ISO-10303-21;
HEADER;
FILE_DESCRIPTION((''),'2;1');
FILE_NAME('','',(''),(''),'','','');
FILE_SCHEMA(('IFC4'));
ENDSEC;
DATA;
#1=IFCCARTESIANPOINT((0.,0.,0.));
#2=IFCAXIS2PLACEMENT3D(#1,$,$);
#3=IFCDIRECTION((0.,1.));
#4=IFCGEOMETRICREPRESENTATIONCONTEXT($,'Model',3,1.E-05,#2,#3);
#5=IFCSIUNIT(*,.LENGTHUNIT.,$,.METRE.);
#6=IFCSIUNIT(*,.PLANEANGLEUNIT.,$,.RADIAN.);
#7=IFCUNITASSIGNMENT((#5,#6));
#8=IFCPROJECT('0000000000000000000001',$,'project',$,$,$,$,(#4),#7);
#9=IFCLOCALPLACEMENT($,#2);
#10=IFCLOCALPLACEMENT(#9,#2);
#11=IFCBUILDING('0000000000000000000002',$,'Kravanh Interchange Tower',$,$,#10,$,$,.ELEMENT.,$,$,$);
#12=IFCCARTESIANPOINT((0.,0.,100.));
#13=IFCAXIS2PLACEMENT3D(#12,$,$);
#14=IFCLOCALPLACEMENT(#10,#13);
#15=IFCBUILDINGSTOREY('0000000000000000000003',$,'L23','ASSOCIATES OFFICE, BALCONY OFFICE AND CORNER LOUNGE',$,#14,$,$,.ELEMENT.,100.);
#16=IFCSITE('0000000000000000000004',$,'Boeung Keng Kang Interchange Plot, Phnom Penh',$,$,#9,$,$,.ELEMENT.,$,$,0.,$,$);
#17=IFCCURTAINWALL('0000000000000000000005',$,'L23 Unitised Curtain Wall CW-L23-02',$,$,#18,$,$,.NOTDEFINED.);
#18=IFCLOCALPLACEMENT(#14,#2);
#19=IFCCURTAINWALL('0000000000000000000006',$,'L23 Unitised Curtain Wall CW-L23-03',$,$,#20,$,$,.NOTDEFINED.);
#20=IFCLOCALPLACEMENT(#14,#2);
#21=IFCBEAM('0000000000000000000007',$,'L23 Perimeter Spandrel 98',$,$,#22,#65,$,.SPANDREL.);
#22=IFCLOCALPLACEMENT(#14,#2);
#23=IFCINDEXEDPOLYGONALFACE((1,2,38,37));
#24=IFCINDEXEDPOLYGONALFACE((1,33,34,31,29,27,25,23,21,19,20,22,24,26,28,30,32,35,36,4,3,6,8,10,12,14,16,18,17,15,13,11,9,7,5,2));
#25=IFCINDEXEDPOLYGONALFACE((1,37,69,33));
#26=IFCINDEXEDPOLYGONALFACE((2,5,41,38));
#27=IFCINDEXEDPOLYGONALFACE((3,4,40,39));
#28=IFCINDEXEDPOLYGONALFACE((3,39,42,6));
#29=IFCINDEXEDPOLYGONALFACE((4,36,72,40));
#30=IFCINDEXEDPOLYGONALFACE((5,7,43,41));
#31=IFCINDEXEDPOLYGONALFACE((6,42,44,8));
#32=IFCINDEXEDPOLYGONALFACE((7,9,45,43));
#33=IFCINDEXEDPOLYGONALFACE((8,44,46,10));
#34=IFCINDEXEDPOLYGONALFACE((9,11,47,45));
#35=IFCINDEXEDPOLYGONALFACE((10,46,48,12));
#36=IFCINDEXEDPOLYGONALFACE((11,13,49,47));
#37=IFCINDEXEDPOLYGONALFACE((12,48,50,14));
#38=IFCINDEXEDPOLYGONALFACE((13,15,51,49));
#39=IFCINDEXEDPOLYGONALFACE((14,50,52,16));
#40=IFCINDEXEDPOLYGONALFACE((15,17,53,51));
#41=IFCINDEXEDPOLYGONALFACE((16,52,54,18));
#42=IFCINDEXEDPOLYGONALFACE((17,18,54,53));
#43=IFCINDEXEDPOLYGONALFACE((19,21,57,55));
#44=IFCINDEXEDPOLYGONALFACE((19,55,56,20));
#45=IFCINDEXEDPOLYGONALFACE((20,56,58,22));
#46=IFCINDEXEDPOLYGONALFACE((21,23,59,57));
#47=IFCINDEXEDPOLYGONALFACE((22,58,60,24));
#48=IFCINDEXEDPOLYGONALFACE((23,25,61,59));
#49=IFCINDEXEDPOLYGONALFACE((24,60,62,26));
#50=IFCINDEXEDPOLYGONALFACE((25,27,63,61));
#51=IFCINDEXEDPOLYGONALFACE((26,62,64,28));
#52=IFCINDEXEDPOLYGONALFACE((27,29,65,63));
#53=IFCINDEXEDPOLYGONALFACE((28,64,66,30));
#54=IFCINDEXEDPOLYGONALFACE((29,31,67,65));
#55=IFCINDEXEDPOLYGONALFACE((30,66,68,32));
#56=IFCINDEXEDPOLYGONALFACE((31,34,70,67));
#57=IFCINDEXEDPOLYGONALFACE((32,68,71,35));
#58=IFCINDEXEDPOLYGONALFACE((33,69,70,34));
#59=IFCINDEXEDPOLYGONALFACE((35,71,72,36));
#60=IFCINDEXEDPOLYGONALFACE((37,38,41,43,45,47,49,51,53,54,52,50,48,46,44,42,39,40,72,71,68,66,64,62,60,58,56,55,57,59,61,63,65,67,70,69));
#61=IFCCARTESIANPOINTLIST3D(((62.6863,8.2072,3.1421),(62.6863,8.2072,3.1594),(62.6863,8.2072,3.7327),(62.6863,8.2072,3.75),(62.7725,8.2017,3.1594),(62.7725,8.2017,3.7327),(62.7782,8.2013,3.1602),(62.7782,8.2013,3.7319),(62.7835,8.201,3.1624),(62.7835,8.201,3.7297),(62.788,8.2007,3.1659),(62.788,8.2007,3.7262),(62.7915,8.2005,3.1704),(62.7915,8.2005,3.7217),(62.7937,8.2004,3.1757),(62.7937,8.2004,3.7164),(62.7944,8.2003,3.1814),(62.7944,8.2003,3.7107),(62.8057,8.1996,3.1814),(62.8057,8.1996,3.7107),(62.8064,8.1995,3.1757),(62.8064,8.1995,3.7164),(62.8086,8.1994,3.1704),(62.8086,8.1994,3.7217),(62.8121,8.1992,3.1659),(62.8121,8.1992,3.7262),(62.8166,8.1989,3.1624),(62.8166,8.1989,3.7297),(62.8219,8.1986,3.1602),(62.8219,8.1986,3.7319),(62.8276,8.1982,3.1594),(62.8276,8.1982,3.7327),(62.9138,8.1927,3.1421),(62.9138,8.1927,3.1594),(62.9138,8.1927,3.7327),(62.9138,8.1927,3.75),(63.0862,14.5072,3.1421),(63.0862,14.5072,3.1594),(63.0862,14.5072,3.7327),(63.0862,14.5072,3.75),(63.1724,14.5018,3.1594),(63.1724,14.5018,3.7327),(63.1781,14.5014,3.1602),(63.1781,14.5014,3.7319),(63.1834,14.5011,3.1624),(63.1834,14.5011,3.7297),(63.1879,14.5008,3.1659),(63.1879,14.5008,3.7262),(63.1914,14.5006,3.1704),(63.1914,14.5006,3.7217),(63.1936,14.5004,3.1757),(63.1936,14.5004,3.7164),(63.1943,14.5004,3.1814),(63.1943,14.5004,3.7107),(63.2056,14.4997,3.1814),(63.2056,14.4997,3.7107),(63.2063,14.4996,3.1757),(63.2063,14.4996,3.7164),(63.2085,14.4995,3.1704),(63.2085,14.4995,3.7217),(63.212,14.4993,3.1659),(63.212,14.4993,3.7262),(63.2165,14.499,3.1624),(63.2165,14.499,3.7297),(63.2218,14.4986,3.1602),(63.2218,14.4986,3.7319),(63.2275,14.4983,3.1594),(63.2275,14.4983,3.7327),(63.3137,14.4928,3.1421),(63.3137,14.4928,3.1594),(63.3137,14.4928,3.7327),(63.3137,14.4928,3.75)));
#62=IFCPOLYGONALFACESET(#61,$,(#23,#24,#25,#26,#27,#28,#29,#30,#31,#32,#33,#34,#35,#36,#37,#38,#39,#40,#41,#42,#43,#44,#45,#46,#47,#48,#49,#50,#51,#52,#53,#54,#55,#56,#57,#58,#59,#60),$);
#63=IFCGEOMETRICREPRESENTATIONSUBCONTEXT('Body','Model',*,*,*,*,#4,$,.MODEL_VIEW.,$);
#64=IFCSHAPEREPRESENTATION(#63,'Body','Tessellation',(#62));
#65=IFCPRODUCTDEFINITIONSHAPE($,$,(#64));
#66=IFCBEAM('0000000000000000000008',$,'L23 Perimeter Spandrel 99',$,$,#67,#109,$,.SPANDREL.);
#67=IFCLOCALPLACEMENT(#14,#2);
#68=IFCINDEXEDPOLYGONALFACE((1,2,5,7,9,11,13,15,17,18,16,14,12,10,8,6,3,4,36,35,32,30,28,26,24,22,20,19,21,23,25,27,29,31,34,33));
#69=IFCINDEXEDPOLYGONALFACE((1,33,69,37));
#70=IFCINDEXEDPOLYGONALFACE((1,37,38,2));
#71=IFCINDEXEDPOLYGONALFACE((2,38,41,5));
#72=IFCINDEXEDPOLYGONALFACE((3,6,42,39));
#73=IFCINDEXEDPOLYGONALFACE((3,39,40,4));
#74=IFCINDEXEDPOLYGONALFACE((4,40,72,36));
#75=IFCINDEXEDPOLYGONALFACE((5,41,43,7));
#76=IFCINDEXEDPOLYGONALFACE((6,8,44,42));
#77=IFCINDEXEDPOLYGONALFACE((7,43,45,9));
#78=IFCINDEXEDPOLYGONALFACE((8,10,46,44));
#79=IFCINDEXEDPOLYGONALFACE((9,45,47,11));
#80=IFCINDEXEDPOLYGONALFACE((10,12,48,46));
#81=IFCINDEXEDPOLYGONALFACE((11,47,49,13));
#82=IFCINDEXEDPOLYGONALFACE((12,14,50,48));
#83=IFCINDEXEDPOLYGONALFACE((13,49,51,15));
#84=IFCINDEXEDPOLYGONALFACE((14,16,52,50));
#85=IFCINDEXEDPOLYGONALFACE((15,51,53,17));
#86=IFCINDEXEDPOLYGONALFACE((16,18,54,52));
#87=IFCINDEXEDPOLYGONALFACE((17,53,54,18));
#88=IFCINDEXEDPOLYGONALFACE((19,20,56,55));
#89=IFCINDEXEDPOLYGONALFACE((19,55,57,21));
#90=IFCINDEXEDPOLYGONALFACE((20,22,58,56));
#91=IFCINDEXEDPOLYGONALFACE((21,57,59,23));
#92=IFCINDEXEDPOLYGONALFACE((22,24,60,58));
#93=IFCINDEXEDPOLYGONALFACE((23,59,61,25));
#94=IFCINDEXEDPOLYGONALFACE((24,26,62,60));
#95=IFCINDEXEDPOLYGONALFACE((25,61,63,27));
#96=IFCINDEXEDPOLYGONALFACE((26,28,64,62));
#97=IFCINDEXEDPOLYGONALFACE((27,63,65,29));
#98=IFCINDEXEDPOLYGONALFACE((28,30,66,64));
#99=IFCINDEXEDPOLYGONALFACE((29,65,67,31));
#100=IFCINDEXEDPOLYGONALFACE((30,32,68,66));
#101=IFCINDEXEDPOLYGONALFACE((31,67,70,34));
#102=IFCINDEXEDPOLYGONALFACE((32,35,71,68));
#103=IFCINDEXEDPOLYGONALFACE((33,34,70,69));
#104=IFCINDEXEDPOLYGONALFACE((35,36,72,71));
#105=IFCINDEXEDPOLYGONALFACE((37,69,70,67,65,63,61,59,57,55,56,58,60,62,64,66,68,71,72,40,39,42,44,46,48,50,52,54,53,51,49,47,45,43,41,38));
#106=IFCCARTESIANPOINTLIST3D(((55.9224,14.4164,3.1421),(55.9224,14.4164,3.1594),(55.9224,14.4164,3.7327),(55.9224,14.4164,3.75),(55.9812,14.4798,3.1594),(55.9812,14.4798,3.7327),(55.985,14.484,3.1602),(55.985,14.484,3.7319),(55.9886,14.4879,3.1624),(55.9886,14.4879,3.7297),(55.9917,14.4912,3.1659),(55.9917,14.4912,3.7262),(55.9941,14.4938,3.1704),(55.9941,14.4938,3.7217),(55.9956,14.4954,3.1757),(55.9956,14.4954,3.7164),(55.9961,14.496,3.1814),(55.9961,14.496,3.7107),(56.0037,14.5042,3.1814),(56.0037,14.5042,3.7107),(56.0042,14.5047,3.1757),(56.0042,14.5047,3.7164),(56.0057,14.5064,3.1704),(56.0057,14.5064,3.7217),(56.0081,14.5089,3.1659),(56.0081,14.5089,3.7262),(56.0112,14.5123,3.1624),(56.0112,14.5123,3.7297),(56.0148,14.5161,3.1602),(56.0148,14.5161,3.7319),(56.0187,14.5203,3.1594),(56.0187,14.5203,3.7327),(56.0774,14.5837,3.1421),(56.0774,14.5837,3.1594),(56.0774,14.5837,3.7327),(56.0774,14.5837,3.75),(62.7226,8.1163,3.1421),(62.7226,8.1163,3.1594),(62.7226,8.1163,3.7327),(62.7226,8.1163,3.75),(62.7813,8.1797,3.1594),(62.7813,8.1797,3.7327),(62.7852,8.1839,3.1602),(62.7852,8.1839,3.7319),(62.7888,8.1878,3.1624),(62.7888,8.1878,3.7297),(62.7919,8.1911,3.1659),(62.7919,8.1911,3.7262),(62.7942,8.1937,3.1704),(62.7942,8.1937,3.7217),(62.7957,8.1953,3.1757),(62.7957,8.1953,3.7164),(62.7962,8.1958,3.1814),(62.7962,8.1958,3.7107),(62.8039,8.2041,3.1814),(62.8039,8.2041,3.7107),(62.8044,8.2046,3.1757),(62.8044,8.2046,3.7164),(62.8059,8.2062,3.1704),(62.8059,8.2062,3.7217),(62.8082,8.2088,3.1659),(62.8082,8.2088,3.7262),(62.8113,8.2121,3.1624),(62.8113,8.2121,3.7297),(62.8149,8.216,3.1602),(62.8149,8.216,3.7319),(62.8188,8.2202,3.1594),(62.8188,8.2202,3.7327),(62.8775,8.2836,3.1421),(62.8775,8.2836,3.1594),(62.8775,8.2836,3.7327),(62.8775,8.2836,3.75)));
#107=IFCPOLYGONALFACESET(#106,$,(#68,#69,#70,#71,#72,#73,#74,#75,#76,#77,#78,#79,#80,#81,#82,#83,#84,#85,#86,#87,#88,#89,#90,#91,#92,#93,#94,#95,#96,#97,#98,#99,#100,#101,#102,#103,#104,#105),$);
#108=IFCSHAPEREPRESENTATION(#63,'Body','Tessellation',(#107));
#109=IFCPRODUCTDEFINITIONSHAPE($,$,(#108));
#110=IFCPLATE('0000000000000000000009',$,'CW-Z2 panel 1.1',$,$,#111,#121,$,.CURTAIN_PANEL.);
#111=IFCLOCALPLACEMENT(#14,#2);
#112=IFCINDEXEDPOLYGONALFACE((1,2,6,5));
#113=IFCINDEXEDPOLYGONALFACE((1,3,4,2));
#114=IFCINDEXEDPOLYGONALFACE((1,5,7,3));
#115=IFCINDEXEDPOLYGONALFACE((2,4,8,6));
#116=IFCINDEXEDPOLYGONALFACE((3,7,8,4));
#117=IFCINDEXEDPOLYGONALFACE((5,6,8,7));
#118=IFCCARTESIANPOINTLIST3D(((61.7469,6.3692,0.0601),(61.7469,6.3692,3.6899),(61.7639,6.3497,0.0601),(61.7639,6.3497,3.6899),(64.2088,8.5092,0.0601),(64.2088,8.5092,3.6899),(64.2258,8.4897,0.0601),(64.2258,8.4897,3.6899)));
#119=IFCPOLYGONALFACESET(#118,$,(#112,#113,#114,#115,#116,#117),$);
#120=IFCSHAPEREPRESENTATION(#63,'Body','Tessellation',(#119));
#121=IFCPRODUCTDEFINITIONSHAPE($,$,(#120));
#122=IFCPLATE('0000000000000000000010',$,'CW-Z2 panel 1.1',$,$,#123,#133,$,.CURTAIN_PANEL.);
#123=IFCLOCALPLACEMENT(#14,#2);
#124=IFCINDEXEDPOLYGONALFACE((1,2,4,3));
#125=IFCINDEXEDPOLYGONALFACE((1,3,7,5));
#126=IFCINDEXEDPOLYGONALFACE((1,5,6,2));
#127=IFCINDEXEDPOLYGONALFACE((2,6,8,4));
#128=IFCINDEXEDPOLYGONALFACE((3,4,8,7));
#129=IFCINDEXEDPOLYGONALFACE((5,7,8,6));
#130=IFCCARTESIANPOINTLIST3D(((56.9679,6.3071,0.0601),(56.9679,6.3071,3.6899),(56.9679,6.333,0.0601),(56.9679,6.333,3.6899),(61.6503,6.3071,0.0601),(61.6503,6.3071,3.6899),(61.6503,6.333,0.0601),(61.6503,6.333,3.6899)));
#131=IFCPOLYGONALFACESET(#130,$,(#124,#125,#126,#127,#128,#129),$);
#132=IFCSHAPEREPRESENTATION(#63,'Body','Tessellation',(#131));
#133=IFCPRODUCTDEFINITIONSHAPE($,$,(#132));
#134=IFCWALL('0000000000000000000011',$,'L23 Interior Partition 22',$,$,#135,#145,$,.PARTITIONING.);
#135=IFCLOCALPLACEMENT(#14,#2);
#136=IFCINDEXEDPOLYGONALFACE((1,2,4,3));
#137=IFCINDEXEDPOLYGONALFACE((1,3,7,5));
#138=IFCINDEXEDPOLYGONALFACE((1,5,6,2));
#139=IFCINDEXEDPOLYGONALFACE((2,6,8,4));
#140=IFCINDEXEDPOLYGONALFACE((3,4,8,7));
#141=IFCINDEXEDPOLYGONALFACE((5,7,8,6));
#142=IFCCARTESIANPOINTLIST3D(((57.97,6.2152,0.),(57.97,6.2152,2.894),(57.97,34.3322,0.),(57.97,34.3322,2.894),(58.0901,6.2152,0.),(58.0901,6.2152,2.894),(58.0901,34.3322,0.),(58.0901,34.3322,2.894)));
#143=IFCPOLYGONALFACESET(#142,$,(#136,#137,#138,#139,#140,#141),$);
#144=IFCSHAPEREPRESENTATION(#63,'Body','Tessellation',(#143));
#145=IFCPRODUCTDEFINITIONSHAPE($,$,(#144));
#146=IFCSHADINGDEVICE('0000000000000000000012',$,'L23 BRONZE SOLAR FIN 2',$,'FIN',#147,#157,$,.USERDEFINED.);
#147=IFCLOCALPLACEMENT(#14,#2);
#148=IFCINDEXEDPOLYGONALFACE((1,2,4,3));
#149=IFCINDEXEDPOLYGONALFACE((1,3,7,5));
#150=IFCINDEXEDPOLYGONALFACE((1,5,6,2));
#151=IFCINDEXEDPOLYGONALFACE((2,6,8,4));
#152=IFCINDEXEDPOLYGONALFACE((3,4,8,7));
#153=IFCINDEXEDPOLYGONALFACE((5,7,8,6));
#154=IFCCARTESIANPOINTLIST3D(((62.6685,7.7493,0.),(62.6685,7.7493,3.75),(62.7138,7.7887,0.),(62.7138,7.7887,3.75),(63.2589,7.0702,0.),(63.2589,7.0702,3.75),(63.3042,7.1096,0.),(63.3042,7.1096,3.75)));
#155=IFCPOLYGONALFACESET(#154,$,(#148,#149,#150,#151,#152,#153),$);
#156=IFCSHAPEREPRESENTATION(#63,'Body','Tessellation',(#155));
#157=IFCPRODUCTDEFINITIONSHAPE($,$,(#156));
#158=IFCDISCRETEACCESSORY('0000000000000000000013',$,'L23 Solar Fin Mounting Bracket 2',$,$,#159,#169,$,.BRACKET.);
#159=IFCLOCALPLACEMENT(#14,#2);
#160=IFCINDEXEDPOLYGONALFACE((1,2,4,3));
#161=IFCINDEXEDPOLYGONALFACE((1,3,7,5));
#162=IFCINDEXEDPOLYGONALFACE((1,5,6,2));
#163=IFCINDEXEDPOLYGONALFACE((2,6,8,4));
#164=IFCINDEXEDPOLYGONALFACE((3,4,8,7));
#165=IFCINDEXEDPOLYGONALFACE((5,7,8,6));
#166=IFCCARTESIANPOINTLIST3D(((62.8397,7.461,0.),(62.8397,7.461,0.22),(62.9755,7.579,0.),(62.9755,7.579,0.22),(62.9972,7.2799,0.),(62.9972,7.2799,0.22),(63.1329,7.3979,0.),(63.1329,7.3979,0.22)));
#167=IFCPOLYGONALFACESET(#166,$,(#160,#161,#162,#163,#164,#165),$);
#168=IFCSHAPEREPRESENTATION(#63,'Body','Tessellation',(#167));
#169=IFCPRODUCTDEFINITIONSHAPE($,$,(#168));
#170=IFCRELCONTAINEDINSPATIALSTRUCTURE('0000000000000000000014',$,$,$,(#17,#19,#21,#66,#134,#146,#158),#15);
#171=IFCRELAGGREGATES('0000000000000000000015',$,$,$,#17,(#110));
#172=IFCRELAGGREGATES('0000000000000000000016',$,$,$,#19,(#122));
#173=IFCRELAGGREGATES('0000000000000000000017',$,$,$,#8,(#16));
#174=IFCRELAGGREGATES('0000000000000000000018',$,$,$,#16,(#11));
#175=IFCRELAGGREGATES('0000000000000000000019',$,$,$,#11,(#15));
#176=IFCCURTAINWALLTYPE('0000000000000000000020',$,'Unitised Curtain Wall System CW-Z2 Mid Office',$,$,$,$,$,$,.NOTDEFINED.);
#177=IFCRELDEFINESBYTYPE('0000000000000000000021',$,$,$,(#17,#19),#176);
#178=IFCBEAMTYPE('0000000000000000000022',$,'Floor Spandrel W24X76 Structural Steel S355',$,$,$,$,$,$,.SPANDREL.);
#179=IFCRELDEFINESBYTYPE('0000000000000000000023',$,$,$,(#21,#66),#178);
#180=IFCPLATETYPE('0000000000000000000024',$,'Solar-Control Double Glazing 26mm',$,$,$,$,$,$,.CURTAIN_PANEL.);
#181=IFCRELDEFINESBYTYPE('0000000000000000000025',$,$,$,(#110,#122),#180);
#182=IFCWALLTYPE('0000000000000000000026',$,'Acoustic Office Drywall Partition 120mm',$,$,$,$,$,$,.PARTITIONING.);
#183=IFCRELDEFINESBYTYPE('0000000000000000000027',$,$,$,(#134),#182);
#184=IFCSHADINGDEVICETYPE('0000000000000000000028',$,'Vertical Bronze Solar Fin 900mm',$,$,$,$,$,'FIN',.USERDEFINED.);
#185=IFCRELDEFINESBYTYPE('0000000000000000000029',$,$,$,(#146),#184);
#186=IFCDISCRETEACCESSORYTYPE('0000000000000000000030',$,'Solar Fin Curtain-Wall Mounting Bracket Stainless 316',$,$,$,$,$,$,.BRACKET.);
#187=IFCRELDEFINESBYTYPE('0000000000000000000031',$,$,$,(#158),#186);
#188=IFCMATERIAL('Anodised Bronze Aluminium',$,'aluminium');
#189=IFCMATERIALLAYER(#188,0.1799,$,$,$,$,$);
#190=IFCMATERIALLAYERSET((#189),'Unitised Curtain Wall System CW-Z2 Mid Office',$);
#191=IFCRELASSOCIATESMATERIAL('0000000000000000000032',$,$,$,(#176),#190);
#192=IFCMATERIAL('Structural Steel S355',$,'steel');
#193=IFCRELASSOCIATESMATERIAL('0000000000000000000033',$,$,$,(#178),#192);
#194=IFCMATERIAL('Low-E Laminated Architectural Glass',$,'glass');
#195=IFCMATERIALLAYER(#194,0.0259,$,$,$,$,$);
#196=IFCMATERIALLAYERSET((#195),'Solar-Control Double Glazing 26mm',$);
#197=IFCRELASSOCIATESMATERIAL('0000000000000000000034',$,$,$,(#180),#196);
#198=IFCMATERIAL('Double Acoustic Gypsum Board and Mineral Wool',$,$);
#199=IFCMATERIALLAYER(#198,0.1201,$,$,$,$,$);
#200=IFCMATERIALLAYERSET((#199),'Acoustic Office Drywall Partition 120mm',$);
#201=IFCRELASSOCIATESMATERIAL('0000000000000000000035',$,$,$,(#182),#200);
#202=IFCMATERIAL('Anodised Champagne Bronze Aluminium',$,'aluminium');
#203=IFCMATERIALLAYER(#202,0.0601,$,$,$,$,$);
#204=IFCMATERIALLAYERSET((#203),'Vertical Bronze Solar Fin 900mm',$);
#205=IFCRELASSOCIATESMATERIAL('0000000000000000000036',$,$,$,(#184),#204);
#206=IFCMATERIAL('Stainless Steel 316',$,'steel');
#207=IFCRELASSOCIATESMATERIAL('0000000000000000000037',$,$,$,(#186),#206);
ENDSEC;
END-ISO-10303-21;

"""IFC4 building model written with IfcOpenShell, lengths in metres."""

from ifc_helpers import new_model, si_unit, direction, frame, frame_2d, origin, origin_2d, place, context, subcontext, project, spatial, rectangle, i_section, extrude, material, layer, layer_set, material_profile, profile_set, type_object, element, aggregate, save


model = new_model("IFC4")

# Units and contexts
model_context = context("Model", 3, precision=1e-05, world=origin(), true_north=direction((0.0, 1.0)))
body_context = subcontext(model_context, "Body", "Model", "MODEL_VIEW")
ifc_project = project(units=[si_unit("LENGTHUNIT", "METRE"), si_unit("PLANEANGLEUNIT", "RADIAN")], contexts=[model_context])

# Site, building, storey
site_placement = place(None, origin())
site = spatial("IfcSite", under=ifc_project, at=site_placement, Name="Boeung Keng Kang Interchange Plot, Phnom Penh", CompositionType="ELEMENT", RefElevation=0.0)
building_placement = place(site_placement, origin())
building = spatial("IfcBuilding", under=site, at=building_placement, Name="Kravanh Interchange Tower", CompositionType="ELEMENT")
storey_placement = place(building_placement, frame((0.0, 0.0, 100.0)))
storey = spatial("IfcBuildingStorey", under=building, at=storey_placement, Name="L23", Description="ASSOCIATES OFFICE, BALCONY OFFICE AND CORNER LOUNGE", CompositionType="ELEMENT", Elevation=100.0)

# Curtain walls
ifc_material_1 = material(Name="Anodised Bronze Aluminium", Category="aluminium")
ifc_layer_1 = layer(ifc_material_1, 0.1799)
ifc_layer_set_1 = layer_set([ifc_layer_1], Name="Unitised Curtain Wall System CW-Z2 Mid Office")
curtain_wall_type = type_object("IfcCurtainWallType", Name="Unitised Curtain Wall System CW-Z2 Mid Office", PredefinedType="NOTDEFINED", material=ifc_layer_set_1)
curtain_wall_1_placement = place(storey_placement, origin())
curtain_wall_1 = element("IfcCurtainWall", 1, at=curtain_wall_1_placement, inside=storey, type_object=curtain_wall_type, Name="L23 Unitised Curtain Wall CW-L23-02", PredefinedType="NOTDEFINED")
curtain_wall_2_placement = place(storey_placement, origin())
curtain_wall_2 = element("IfcCurtainWall", 2, at=curtain_wall_2_placement, inside=storey, type_object=curtain_wall_type, Name="L23 Unitised Curtain Wall CW-L23-03", PredefinedType="NOTDEFINED")

# Beams
ifc_material_2 = material(Name="Structural Steel S355", Category="steel")
ifc_material_profile_1 = material_profile(ifc_material_2, i_section(OverallWidth=0.228, OverallDepth=0.6079, WebThickness=0.0112, FlangeThickness=0.0173, FilletRadius=0.022, at=origin_2d()), Name="W24X76")
ifc_profile_set_1 = profile_set([ifc_material_profile_1], Name="Structural Steel S355")
beam_type_1 = type_object("IfcBeamType", Name="Floor Spandrel W24X76 Structural Steel S355", PredefinedType="SPANDREL", material=ifc_profile_set_1)
beam_1_placement = place(storey_placement, frame((62.8, 8.2, 3.446), z_axis=(0.063349, 0.997991, 0.0), x_axis=(-0.997991, 0.063349, 0.0)))
element("IfcBeam", 3, at=beam_1_placement, inside=storey, type_object=beam_type_1, Name="L23 Perimeter Spandrel 98", PredefinedType="SPANDREL", context=body_context, shape_type="SweptSolid", body=[
    extrude(i_section(OverallWidth=0.228, OverallDepth=0.6079, WebThickness=0.0112, FlangeThickness=0.0173, FilletRadius=0.022, at=origin_2d()), origin(), (0.0, 0.0, 1.0), 6.3127),
])
beam_2_placement = place(storey_placement, frame((62.8, 8.2, 3.446), z_axis=(-0.733561, 0.679623, 0.0), x_axis=(-0.679623, -0.733561, 0.0)))
element("IfcBeam", 4, at=beam_2_placement, inside=storey, type_object=beam_type_1, Name="L23 Perimeter Spandrel 99", PredefinedType="SPANDREL", context=body_context, shape_type="SweptSolid", body=[
    extrude(i_section(OverallWidth=0.228, OverallDepth=0.6079, WebThickness=0.0112, FlangeThickness=0.0173, FilletRadius=0.022, at=origin_2d()), origin(), (0.0, 0.0, 1.0), 9.27),
])

# Plates
ifc_material_3 = material(Name="Low-E Laminated Architectural Glass", Category="glass")
ifc_layer_2 = layer(ifc_material_3, 0.0259)
ifc_layer_set_2 = layer_set([ifc_layer_2], Name="Solar-Control Double Glazing 26mm")
plate_type = type_object("IfcPlateType", Name="Solar-Control Double Glazing 26mm", PredefinedType="CURTAIN_PANEL", material=ifc_layer_set_2)
plate_1_placement = place(storey_placement, frame((62.9863, 7.4294, 0.0601), z_axis=(0.0, 0.0, 1.0), x_axis=(-0.754719, -0.656048, 0.0)))
plate_1 = element("IfcPlate", 5, at=plate_1_placement, type_object=plate_type, Name="CW-Z2 panel 1.1", PredefinedType="CURTAIN_PANEL", context=body_context, shape_type="SweptSolid", body=[
    extrude(rectangle(XDim=3.262, YDim=0.0259, at=origin_2d()), origin(), (0.0, 0.0, 1.0), 3.6299),
])
aggregate(curtain_wall_1, [plate_1])
plate_2_placement = place(storey_placement, frame((59.3091, 6.3201, 0.0601), z_axis=(0.0, 0.0, 1.0), x_axis=(-1.0, 0.0, 0.0)))
plate_2 = element("IfcPlate", 6, at=plate_2_placement, type_object=plate_type, Name="CW-Z2 panel 1.1", PredefinedType="CURTAIN_PANEL", context=body_context, shape_type="SweptSolid", body=[
    extrude(rectangle(XDim=4.6824, YDim=0.0259, at=origin_2d()), origin(), (0.0, 0.0, 1.0), 3.6299),
])
aggregate(curtain_wall_2, [plate_2])

# Wall
ifc_material_4 = material(Name="Double Acoustic Gypsum Board and Mineral Wool")
ifc_layer_3 = layer(ifc_material_4, 0.1201)
ifc_layer_set_3 = layer_set([ifc_layer_3], Name="Acoustic Office Drywall Partition 120mm")
wall_type = type_object("IfcWallType", Name="Acoustic Office Drywall Partition 120mm", PredefinedType="PARTITIONING", material=ifc_layer_set_3)
wall_placement = place(storey_placement, frame((58.03, 6.2151, 0.0), z_axis=(0.0, 0.0, 1.0), x_axis=(0.0, 1.0, 0.0)))
element("IfcWall", 7, at=wall_placement, inside=storey, type_object=wall_type, Name="L23 Interior Partition 22", PredefinedType="PARTITIONING", context=body_context, shape_type="SweptSolid", body=[
    extrude(rectangle(XDim=28.1169, YDim=0.1201, at=frame_2d((14.0586, 0.0))), origin(), (0.0, 0.0, 1.0), 2.894),
])

# Shading device
ifc_material_5 = material(Name="Anodised Champagne Bronze Aluminium", Category="aluminium")
ifc_layer_4 = layer(ifc_material_5, 0.0601)
ifc_layer_set_4 = layer_set([ifc_layer_4], Name="Vertical Bronze Solar Fin 900mm")
shading_device_type = type_object("IfcShadingDeviceType", Name="Vertical Bronze Solar Fin 900mm", ElementType="FIN", PredefinedType="USERDEFINED", material=ifc_layer_set_4)
shading_device_placement = place(storey_placement, frame((62.9863, 7.4294, 0.0), z_axis=(0.0, 0.0, 1.0), x_axis=(0.656056, -0.754712, 0.0)))
element("IfcShadingDevice", 8, at=shading_device_placement, inside=storey, type_object=shading_device_type, Name="L23 BRONZE SOLAR FIN 2", ObjectType="FIN", PredefinedType="USERDEFINED", context=body_context, shape_type="SweptSolid", body=[
    extrude(rectangle(XDim=0.8999, YDim=0.0601, at=origin_2d()), origin(), (0.0, 0.0, 1.0), 3.75),
])

# Discrete accessory
ifc_material_6 = material(Name="Stainless Steel 316", Category="steel")
discrete_accessory_type = type_object("IfcDiscreteAccessoryType", Name="Solar Fin Curtain-Wall Mounting Bracket Stainless 316", PredefinedType="BRACKET", material=ifc_material_6)
discrete_accessory_placement = place(storey_placement, frame((62.9863, 7.4294, 0.0), z_axis=(0.0, 0.0, 1.0), x_axis=(0.656056, -0.754712, 0.0)))
element("IfcDiscreteAccessory", 9, at=discrete_accessory_placement, inside=storey, type_object=discrete_accessory_type, Name="L23 Solar Fin Mounting Bracket 2", PredefinedType="BRACKET", context=body_context, shape_type="SweptSolid", body=[
    extrude(rectangle(XDim=0.24, YDim=0.1799, at=origin_2d()), origin(), (0.0, 0.0, 1.0), 0.22),
])

save(model, "model.ifc")
